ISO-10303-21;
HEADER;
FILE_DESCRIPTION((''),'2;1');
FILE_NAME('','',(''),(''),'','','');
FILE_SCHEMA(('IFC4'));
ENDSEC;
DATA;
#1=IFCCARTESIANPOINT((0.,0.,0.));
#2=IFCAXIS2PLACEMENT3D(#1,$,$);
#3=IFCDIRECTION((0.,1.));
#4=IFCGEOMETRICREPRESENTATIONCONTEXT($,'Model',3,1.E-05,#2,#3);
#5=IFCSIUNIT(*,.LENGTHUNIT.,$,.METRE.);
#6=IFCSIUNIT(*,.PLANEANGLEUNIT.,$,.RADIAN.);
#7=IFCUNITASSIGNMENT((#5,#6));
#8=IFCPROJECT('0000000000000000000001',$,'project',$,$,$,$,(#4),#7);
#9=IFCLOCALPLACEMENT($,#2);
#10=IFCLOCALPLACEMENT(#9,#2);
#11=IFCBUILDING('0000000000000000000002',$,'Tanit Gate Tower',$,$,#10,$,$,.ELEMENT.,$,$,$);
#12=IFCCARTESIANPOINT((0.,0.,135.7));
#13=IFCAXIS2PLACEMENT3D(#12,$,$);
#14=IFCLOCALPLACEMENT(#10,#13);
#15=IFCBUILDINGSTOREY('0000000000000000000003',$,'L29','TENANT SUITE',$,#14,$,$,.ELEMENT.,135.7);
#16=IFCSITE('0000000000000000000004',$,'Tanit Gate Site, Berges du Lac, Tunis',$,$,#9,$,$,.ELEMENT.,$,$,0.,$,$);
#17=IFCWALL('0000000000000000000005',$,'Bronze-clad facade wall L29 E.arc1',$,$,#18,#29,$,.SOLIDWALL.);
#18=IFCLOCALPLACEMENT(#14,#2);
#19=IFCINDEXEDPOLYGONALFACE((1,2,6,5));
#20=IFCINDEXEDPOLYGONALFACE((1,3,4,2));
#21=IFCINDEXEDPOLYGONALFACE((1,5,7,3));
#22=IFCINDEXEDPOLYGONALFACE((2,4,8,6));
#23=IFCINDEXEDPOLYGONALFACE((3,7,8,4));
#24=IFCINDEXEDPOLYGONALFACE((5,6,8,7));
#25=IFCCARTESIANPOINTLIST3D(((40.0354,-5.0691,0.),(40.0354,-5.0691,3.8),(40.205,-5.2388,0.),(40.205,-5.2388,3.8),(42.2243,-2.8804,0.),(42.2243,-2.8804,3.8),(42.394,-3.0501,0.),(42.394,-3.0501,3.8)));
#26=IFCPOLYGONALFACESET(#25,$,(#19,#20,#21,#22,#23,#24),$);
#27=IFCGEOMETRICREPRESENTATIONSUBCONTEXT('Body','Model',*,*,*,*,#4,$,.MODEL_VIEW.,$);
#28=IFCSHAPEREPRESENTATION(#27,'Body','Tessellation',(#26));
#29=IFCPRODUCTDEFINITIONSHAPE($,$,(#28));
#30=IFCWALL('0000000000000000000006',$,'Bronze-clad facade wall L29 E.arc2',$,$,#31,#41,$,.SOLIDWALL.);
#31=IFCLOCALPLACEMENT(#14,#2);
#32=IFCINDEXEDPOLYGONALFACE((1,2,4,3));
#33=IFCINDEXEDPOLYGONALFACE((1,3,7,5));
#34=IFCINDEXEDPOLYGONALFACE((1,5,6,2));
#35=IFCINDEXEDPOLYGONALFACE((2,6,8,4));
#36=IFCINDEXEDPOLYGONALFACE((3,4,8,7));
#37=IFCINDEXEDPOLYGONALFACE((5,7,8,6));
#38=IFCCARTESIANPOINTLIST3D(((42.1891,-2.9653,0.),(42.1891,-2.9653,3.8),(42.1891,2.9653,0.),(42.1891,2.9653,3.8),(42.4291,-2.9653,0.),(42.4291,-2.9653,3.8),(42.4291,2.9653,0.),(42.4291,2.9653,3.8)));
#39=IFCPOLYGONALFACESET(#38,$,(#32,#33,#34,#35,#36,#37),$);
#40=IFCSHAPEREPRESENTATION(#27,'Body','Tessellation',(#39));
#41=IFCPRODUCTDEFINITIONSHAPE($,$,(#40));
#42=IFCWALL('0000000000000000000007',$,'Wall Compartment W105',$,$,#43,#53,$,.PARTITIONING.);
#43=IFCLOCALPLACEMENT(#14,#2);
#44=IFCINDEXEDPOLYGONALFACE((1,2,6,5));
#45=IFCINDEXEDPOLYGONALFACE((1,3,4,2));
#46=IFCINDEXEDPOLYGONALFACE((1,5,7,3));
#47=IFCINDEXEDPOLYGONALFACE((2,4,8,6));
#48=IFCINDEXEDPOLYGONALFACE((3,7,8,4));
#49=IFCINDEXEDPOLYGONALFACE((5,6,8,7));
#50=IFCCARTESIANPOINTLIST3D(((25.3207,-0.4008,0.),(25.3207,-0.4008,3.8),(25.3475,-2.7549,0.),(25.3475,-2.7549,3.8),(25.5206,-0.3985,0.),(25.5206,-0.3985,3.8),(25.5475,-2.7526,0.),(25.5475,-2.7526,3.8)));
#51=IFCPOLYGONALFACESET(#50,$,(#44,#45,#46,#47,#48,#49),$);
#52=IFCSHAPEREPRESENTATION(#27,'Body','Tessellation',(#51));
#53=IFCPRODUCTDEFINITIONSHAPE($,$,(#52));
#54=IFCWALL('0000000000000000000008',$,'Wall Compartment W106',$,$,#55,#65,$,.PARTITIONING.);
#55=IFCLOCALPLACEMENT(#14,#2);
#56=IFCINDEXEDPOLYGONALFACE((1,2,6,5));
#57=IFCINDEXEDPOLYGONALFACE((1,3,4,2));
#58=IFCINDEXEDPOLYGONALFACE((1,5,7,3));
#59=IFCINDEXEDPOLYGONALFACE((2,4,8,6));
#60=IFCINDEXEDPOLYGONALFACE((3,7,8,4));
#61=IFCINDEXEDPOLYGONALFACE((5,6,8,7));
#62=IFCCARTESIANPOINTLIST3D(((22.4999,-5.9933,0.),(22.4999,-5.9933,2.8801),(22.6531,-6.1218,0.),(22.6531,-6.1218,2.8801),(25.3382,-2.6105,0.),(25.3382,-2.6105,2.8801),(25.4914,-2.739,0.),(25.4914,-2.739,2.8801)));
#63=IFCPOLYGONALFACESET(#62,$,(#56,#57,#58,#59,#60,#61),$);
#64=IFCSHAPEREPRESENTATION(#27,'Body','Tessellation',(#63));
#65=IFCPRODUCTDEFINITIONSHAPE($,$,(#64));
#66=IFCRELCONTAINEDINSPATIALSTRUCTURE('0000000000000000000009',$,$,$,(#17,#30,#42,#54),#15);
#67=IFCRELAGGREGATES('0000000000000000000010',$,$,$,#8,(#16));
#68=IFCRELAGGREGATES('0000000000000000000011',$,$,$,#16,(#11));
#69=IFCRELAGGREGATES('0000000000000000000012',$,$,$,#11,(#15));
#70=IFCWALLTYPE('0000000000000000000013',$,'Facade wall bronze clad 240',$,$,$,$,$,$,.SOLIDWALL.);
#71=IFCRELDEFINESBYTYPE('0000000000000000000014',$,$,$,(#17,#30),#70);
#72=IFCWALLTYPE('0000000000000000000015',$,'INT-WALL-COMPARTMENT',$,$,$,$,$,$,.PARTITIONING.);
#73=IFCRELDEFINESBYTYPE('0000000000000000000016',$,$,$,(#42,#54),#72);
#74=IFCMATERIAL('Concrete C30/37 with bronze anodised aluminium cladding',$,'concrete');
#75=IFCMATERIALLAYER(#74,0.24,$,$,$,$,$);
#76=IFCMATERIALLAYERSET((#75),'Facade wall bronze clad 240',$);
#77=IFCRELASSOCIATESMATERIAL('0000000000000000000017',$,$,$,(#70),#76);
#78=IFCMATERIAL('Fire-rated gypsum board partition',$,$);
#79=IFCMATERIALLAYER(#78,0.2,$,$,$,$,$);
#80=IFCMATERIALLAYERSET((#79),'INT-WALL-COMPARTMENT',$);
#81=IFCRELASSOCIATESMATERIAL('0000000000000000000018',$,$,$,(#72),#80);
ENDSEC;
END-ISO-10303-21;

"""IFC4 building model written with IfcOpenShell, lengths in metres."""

from ifc_helpers import new_model, si_unit, direction, frame, frame_2d, origin, place, context, subcontext, project, spatial, rectangle, extrude, material, layer, layer_set, type_object, element, save


model = new_model("IFC4")

# Units and contexts
model_context = context("Model", 3, precision=1e-05, world=origin(), true_north=direction((0.0, 1.0)))
body_context = subcontext(model_context, "Body", "Model", "MODEL_VIEW")
ifc_project = project(units=[si_unit("LENGTHUNIT", "METRE"), si_unit("PLANEANGLEUNIT", "RADIAN")], contexts=[model_context])

# Site, building, storey
site_placement = place(None, origin())
site = spatial("IfcSite", under=ifc_project, at=site_placement, Name="Tanit Gate Site, Berges du Lac, Tunis", CompositionType="ELEMENT", RefElevation=0.0)
building_placement = place(site_placement, origin())
building = spatial("IfcBuilding", under=site, at=building_placement, Name="Tanit Gate Tower", CompositionType="ELEMENT")
storey_placement = place(building_placement, frame((0.0, 0.0, 135.7)))
storey = spatial("IfcBuildingStorey", under=building, at=storey_placement, Name="L29", Description="TENANT SUITE", CompositionType="ELEMENT", Elevation=135.7)

# Walls
ifc_material_1 = material(Name="Concrete C30/37 with bronze anodised aluminium cladding", Category="concrete")
ifc_layer_1 = layer(ifc_material_1, 0.24)
ifc_layer_set_1 = layer_set([ifc_layer_1], Name="Facade wall bronze clad 240")
wall_type_1 = type_object("IfcWallType", Name="Facade wall bronze clad 240", PredefinedType="SOLIDWALL", material=ifc_layer_set_1)
wall_1_placement = place(storey_placement, frame((40.1201, -5.1541, 0.0), z_axis=(0.0, 0.0, 1.0), x_axis=(0.707146, 0.707067, 0.0)))
element("IfcWall", 1, at=wall_1_placement, inside=storey, type_object=wall_type_1, Name="Bronze-clad facade wall L29 E.arc1", PredefinedType="SOLIDWALL", context=body_context, shape_type="SweptSolid", body=[
    extrude(rectangle(XDim=3.0955, YDim=0.24, at=frame_2d((1.5479, 0.0))), origin(), (0.0, 0.0, 1.0), 3.8),
])
wall_2_placement = place(storey_placement, frame((42.3091, -2.9653, 0.0), z_axis=(0.0, 0.0, 1.0), x_axis=(0.0, 1.0, 0.0)))
element("IfcWall", 2, at=wall_2_placement, inside=storey, type_object=wall_type_1, Name="Bronze-clad facade wall L29 E.arc2", PredefinedType="SOLIDWALL", context=body_context, shape_type="SweptSolid", body=[
    extrude(rectangle(XDim=5.9307, YDim=0.24, at=frame_2d((2.9653, 0.0))), origin(), (0.0, 0.0, 1.0), 3.8),
])
ifc_material_2 = material(Name="Fire-rated gypsum board partition")
ifc_layer_2 = layer(ifc_material_2, 0.2)
ifc_layer_set_2 = layer_set([ifc_layer_2], Name="INT-WALL-COMPARTMENT")
wall_type_2 = type_object("IfcWallType", Name="INT-WALL-COMPARTMENT", PredefinedType="PARTITIONING", material=ifc_layer_set_2)
wall_3_placement = place(storey_placement, frame((25.4475, -2.7539, 0.0), z_axis=(0.0, 0.0, 1.0), x_axis=(-0.011408, 0.999935, 0.0)))
element("IfcWall", 3, at=wall_3_placement, inside=storey, type_object=wall_type_2, Name="Wall Compartment W105", PredefinedType="PARTITIONING", context=body_context, shape_type="SweptSolid", body=[
    extrude(rectangle(XDim=2.3542, YDim=0.2, at=frame_2d((1.1772, 0.0))), origin(), (0.0, 0.0, 1.0), 3.8),
])
wall_4_placement = place(storey_placement, frame((22.5764, -6.0576, 0.0), z_axis=(0.0, 0.0, 1.0), x_axis=(0.642769, 0.76606, 0.0)))
element("IfcWall", 4, at=wall_4_placement, inside=storey, type_object=wall_type_2, Name="Wall Compartment W106", PredefinedType="PARTITIONING", context=body_context, shape_type="SweptSolid", body=[
    extrude(rectangle(XDim=4.4158, YDim=0.2, at=frame_2d((2.208, 0.0))), origin(), (0.0, 0.0, 1.0), 2.8801),
])

save(model, "model.ifc")
